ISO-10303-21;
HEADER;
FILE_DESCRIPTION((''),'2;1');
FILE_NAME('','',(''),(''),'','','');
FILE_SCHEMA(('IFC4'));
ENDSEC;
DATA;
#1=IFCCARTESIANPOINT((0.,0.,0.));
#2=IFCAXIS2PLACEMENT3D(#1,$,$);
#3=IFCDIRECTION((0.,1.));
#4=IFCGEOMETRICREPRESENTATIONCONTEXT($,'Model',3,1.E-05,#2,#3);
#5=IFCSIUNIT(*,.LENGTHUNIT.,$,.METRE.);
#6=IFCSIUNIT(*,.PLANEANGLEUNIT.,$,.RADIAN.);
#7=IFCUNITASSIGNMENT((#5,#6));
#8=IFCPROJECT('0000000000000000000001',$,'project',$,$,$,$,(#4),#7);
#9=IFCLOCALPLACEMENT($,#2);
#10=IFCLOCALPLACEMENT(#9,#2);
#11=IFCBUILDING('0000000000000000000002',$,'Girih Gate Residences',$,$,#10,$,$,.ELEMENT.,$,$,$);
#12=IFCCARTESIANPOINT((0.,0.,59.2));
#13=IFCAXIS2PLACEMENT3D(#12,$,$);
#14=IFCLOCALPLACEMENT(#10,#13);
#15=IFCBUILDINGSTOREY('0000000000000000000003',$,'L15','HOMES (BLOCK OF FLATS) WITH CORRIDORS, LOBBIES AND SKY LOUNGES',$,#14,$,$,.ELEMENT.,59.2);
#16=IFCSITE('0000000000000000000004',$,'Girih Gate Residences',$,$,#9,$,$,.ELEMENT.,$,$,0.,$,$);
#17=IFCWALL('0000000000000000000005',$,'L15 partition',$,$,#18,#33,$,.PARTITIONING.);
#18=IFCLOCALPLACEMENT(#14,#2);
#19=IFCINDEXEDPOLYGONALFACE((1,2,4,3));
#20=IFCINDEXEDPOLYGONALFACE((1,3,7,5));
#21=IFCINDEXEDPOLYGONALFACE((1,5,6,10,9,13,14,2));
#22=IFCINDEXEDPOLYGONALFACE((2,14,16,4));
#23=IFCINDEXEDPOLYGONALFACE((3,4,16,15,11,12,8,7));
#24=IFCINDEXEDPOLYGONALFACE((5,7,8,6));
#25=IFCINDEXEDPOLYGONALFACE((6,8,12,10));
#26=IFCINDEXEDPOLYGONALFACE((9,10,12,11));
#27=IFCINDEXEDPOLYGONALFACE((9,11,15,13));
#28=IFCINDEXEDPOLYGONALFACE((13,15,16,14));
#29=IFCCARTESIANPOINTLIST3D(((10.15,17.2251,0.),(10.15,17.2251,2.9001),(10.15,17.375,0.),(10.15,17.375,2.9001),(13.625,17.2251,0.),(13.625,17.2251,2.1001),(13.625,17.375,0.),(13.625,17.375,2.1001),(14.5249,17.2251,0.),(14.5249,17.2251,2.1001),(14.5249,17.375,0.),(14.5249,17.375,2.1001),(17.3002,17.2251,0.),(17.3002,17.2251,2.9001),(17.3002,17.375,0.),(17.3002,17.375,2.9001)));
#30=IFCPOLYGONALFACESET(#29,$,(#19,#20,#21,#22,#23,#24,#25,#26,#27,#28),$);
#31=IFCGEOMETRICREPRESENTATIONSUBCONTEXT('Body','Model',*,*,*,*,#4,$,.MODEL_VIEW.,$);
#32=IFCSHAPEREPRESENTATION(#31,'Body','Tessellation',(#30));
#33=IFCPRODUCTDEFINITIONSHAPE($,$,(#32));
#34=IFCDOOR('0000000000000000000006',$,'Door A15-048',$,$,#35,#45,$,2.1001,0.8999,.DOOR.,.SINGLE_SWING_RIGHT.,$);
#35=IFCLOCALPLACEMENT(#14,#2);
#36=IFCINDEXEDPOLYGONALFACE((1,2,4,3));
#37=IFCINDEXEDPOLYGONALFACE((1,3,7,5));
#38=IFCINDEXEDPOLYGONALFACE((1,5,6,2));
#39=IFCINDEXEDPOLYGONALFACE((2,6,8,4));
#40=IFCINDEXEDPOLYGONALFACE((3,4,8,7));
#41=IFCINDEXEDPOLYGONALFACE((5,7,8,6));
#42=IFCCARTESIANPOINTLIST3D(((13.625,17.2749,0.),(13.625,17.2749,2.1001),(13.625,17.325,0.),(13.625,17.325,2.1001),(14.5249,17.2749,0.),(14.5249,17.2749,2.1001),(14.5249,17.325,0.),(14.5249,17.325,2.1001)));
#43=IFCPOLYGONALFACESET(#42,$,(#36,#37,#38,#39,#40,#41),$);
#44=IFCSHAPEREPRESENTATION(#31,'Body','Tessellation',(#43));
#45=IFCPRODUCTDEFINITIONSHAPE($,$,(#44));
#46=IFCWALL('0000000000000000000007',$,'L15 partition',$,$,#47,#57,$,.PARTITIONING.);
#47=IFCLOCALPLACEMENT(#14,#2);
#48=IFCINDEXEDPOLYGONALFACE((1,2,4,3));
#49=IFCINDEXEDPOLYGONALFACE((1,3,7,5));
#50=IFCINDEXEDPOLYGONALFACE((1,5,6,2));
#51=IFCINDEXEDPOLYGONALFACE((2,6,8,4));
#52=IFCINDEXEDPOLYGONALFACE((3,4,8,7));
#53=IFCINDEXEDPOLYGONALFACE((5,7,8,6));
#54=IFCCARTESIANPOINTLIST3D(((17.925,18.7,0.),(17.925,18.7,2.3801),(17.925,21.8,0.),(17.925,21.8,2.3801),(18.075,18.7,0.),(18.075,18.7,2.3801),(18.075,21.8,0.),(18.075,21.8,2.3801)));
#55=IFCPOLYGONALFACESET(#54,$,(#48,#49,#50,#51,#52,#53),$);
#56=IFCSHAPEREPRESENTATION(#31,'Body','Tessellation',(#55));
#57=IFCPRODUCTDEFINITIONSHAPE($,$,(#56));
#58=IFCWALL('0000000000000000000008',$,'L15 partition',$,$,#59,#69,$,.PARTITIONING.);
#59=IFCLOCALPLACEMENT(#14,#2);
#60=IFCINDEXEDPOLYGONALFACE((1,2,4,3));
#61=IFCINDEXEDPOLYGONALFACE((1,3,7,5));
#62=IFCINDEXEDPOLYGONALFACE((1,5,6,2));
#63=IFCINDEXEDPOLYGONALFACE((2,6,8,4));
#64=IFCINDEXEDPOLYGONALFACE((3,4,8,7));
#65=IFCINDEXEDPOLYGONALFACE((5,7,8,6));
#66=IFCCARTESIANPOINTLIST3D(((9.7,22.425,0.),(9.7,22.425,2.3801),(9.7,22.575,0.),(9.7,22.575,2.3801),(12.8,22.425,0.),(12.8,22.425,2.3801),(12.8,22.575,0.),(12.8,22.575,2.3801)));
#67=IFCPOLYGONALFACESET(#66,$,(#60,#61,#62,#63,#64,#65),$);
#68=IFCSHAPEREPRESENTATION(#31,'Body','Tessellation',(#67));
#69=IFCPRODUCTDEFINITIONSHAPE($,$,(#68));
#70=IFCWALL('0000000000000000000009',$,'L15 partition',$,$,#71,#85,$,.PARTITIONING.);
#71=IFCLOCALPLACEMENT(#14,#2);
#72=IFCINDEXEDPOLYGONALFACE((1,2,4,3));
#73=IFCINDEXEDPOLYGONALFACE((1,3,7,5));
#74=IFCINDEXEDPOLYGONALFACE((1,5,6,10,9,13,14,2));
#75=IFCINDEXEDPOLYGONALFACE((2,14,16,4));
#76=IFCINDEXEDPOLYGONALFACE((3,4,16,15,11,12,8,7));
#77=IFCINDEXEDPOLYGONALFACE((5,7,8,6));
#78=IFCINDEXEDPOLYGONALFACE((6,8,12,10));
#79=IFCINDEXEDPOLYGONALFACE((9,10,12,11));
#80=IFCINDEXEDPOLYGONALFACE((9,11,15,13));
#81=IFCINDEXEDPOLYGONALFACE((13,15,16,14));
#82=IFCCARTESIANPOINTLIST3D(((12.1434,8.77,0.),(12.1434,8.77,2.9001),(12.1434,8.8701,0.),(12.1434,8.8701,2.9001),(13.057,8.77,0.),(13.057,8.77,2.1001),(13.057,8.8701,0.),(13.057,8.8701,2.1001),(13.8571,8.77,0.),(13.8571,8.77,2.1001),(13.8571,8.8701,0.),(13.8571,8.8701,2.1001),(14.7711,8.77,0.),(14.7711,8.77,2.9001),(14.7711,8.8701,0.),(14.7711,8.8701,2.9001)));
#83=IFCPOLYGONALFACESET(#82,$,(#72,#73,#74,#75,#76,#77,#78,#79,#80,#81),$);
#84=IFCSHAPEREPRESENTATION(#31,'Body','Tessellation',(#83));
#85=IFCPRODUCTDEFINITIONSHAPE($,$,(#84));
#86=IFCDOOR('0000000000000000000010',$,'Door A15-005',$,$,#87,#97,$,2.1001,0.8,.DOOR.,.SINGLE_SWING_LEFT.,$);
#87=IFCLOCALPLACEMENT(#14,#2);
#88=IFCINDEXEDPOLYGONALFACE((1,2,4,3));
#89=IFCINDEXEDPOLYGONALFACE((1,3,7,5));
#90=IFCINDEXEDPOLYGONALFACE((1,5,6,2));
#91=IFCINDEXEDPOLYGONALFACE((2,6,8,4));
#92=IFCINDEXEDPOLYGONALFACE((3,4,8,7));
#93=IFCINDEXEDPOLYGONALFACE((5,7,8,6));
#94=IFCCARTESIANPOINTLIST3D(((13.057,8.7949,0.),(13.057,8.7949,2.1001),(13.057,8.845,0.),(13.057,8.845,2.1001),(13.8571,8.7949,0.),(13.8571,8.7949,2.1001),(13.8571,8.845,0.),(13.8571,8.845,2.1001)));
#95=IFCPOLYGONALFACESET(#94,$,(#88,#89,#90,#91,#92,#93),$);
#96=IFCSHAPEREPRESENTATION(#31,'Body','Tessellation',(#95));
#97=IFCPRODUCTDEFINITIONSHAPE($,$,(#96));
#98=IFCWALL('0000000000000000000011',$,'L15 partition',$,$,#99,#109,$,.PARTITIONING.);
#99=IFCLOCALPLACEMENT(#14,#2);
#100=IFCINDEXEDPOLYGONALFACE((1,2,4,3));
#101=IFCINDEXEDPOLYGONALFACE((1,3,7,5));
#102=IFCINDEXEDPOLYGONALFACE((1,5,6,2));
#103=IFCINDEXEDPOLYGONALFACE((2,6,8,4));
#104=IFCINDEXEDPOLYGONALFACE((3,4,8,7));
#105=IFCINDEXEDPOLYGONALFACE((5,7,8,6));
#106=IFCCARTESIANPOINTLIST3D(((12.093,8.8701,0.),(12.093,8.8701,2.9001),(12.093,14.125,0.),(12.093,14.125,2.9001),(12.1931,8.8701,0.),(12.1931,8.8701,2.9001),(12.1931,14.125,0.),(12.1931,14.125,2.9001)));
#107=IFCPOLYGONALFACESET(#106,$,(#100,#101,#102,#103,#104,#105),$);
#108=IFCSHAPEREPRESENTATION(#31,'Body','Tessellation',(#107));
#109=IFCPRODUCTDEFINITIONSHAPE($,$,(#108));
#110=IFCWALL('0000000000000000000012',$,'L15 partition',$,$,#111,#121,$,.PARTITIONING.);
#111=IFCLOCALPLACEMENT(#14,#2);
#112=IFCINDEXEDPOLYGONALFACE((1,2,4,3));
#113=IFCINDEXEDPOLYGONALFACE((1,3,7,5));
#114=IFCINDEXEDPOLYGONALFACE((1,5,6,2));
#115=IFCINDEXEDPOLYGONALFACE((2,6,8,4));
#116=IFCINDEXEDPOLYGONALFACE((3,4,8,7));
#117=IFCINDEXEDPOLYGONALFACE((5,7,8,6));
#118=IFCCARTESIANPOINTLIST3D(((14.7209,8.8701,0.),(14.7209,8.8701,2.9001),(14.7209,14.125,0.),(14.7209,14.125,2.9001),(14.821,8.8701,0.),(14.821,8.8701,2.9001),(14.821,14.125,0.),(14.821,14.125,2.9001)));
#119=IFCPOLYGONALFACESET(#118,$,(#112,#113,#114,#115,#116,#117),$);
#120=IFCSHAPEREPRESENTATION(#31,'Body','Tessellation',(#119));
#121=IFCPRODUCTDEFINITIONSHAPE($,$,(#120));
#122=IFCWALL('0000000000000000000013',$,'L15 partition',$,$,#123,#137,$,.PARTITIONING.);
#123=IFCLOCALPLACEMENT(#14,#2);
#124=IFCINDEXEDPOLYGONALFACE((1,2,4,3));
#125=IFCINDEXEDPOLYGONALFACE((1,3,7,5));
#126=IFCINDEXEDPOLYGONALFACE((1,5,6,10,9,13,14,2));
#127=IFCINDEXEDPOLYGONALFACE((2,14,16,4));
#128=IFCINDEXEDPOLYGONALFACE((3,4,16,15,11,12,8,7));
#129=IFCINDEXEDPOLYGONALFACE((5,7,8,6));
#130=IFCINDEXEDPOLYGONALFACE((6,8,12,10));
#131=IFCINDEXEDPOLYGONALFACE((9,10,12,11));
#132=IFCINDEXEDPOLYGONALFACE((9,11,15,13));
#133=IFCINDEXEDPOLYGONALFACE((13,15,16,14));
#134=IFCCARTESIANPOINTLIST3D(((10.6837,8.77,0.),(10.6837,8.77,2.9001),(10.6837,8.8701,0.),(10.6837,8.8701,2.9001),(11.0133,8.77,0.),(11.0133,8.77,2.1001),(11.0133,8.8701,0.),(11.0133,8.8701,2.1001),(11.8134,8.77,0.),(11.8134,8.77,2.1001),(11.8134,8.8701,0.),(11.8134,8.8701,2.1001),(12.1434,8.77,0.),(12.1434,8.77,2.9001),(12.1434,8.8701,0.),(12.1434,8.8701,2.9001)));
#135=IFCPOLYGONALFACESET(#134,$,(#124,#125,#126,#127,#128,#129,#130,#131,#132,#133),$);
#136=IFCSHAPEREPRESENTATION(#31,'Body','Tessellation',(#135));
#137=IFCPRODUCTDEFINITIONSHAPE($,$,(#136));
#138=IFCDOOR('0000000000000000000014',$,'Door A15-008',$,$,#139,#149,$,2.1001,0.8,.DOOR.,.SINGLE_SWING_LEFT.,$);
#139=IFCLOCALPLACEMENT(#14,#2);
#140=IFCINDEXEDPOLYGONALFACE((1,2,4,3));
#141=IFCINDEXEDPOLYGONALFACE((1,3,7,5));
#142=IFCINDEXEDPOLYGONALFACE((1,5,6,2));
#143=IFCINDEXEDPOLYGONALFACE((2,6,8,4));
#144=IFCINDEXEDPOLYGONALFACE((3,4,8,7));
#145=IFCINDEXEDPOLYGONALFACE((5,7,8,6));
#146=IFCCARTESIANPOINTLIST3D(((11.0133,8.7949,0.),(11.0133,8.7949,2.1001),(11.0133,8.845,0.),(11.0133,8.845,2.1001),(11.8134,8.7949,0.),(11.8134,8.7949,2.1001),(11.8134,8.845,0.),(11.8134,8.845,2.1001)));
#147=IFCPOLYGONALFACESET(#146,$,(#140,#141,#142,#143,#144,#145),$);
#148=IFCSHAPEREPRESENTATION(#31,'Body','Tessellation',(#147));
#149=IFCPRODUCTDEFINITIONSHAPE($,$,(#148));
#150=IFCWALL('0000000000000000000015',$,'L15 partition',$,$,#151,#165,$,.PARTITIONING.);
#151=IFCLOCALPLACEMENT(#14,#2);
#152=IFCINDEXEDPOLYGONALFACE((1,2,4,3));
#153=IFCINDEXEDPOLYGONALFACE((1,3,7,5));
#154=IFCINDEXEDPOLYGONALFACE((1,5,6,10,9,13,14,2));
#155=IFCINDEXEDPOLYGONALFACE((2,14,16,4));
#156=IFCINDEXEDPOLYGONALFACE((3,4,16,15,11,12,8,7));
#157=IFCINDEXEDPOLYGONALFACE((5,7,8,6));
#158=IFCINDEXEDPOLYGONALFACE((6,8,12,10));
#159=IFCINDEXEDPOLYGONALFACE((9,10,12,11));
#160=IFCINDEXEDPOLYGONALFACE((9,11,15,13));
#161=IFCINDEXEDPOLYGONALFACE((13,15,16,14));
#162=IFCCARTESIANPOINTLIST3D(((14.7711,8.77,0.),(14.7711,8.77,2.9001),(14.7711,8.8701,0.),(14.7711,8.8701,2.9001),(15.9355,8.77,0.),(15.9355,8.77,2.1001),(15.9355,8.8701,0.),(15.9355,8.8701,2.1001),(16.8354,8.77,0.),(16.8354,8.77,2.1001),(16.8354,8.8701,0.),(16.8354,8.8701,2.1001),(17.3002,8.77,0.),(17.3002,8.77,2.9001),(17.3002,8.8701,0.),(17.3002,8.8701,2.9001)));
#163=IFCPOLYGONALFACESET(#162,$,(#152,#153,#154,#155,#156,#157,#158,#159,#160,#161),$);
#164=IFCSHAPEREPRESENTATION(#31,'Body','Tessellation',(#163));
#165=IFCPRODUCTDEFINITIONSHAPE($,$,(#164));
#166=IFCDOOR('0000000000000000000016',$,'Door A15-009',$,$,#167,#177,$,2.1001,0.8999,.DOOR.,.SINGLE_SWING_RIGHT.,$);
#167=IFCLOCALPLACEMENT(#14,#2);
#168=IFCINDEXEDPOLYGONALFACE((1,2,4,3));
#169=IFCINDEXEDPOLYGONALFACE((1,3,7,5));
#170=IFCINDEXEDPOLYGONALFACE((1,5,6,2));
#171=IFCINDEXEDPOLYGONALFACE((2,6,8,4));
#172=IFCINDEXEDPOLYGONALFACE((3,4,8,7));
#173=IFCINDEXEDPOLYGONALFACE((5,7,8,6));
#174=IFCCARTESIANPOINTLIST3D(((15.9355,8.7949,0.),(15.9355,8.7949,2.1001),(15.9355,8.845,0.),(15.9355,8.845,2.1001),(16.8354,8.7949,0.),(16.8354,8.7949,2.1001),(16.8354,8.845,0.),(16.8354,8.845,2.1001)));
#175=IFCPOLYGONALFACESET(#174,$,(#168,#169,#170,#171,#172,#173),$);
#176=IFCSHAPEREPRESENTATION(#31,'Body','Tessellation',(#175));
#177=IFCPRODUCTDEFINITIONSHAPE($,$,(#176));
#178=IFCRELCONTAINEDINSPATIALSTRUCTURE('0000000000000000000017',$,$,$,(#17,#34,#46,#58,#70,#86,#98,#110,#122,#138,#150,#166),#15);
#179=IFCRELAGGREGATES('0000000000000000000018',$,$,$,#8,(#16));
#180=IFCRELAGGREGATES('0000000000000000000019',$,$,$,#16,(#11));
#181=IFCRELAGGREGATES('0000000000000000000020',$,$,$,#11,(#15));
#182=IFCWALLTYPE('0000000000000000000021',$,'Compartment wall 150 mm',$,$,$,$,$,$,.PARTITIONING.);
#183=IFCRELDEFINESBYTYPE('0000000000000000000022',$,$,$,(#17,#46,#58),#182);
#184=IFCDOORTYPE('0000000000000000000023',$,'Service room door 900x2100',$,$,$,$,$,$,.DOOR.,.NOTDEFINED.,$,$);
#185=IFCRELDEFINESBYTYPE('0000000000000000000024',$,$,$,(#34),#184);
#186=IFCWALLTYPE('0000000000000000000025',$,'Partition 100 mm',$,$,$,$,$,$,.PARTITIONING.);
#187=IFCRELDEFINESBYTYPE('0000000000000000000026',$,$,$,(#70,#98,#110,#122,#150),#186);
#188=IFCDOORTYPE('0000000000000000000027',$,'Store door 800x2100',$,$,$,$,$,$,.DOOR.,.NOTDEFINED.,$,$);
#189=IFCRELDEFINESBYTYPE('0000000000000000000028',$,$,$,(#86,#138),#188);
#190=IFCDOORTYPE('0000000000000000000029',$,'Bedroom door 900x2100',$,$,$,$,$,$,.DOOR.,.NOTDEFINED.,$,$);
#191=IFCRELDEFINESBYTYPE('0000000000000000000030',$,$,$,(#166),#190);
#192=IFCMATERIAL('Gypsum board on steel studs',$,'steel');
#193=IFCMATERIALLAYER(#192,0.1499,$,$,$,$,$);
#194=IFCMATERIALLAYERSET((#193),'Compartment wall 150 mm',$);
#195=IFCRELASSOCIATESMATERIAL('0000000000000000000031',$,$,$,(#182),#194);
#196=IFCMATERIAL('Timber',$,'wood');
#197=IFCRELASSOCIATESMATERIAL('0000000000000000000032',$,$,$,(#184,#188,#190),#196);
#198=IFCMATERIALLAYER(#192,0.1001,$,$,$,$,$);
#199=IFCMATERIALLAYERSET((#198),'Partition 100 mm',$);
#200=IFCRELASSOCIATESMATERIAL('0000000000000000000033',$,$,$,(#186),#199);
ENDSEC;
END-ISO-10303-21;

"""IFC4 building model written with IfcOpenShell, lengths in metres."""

from ifc_helpers import new_model, si_unit, direction, frame, frame_2d, origin, place, context, subcontext, project, spatial, rectangle, extrude, material, layer, layer_set, type_object, element, fill, save


model = new_model("IFC4")

# Units and contexts
model_context = context("Model", 3, precision=1e-05, world=origin(), true_north=direction((0.0, 1.0)))
body_context = subcontext(model_context, "Body", "Model", "MODEL_VIEW")
ifc_project = project(units=[si_unit("LENGTHUNIT", "METRE"), si_unit("PLANEANGLEUNIT", "RADIAN")], contexts=[model_context])

# Site, building, storey
site_placement = place(None, origin())
site = spatial("IfcSite", under=ifc_project, at=site_placement, Name="Girih Gate Residences", CompositionType="ELEMENT", RefElevation=0.0)
building_placement = place(site_placement, origin())
building = spatial("IfcBuilding", under=site, at=building_placement, Name="Girih Gate Residences", CompositionType="ELEMENT")
storey_placement = place(building_placement, frame((0.0, 0.0, 59.2)))
storey = spatial("IfcBuildingStorey", under=building, at=storey_placement, Name="L15", Description="HOMES (BLOCK OF FLATS) WITH CORRIDORS, LOBBIES AND SKY LOUNGES", CompositionType="ELEMENT", Elevation=59.2)

# Shared definitions
ifc_material_1 = material(Name="Gypsum board on steel studs", Category="steel")

# Shared definitions
ifc_layer_1 = layer(ifc_material_1, 0.1499)
ifc_layer_set_1 = layer_set([ifc_layer_1], Name="Compartment wall 150 mm")
wall_type_1 = type_object("IfcWallType", Name="Compartment wall 150 mm", PredefinedType="PARTITIONING", material=ifc_layer_set_1)

# Wall, opening, door
wall_1_placement = place(storey_placement, frame((10.1499, 17.3, 0.0), z_axis=(0.0, 0.0, 1.0), x_axis=(1.0, 0.0, 0.0)))
wall_1 = element("IfcWall", 1, at=wall_1_placement, inside=storey, type_object=wall_type_1, Name="L15 partition", PredefinedType="PARTITIONING", context=body_context, shape_type="SweptSolid", body=[
    extrude(rectangle(XDim=7.1501, YDim=0.1499, at=frame_2d((3.5752, 0.0))), origin(), (0.0, 0.0, 1.0), 2.9001),
])
opening_1_placement = place(wall_1_placement, frame((3.4751, 0.0, 0.0)))
opening_1 = element("IfcOpeningElement", 2, at=opening_1_placement, cuts=wall_1, PredefinedType="OPENING", context=body_context, shape_type="SweptSolid", body=[
    extrude(rectangle(XDim=0.8999, YDim=2.1001, at=frame_2d((0.45, 1.05))), frame((0.0, 0.085, 0.0), z_axis=(0.0, -1.0, 0.0), x_axis=(1.0, 0.0, 0.0)), (0.0, 0.0, 1.0), 0.1699),
])
ifc_material_2 = material(Name="Timber", Category="wood")
door_type_1 = type_object("IfcDoorType", Name="Service room door 900x2100", OperationType="NOTDEFINED", PredefinedType="DOOR", material=ifc_material_2)
door_1_placement = place(opening_1_placement, origin())
door_1 = element("IfcDoor", 3, at=door_1_placement, inside=storey, type_object=door_type_1, Name="Door A15-048", OperationType="SINGLE_SWING_RIGHT", OverallHeight=2.1001, OverallWidth=0.8999, PredefinedType="DOOR", context=body_context, shape_type="SweptSolid", body=[
    extrude(rectangle(XDim=0.8999, YDim=2.1001, at=frame_2d((0.45, 1.05))), frame((0.0, 0.0249, 0.0), z_axis=(0.0, -1.0, 0.0), x_axis=(1.0, 0.0, 0.0)), (0.0, 0.0, 1.0), 0.05),
])
fill(opening_1, door_1)

# Walls
for number, where, z_axis, x_axis, name in (
    (4, (18.0, 18.7, 0.0), (0.0, 0.0, 1.0), (0.0, 1.0, 0.0), "L15 partition"),
    (5, (9.7, 22.5, 0.0), (0.0, 0.0, 1.0), (1.0, 0.0, 0.0), "L15 partition"),
):
    element("IfcWall", number, at=place(storey_placement, frame(where, z_axis=z_axis, x_axis=x_axis)), inside=storey, type_object=wall_type_1, Name=name, PredefinedType="PARTITIONING", context=body_context, shape_type="SweptSolid", body=[
        extrude(rectangle(XDim=3.1001, YDim=0.1499, at=frame_2d((1.55, 0.0))), origin(), (0.0, 0.0, 1.0), 2.3801),
    ])

# Wall, opening, door
ifc_layer_2 = layer(ifc_material_1, 0.1001)
ifc_layer_set_2 = layer_set([ifc_layer_2], Name="Partition 100 mm")
wall_type_2 = type_object("IfcWallType", Name="Partition 100 mm", PredefinedType="PARTITIONING", material=ifc_layer_set_2)
wall_2_placement = place(storey_placement, frame((12.1433, 8.8201, 0.0), z_axis=(0.0, 0.0, 1.0), x_axis=(1.0, 0.0, 0.0)))
wall_2 = element("IfcWall", 6, at=wall_2_placement, inside=storey, type_object=wall_type_2, Name="L15 partition", PredefinedType="PARTITIONING", context=body_context, shape_type="SweptSolid", body=[
    extrude(rectangle(XDim=2.6277, YDim=0.1001, at=frame_2d((1.314, 0.0))), origin(), (0.0, 0.0, 1.0), 2.9001),
])
opening_2_placement = place(wall_2_placement, frame((0.9138, 0.0, 0.0)))
opening_2 = element("IfcOpeningElement", 7, at=opening_2_placement, cuts=wall_2, PredefinedType="OPENING", context=body_context, shape_type="SweptSolid", body=[
    extrude(rectangle(XDim=0.8, YDim=2.1001, at=frame_2d((0.3999, 1.05))), frame((0.0, 0.0601, 0.0), z_axis=(0.0, -1.0, 0.0), x_axis=(1.0, 0.0, 0.0)), (0.0, 0.0, 1.0), 0.1201),
])
door_type_2 = type_object("IfcDoorType", Name="Store door 800x2100", OperationType="NOTDEFINED", PredefinedType="DOOR", material=ifc_material_2)
door_2_placement = place(opening_2_placement, origin())
door_2 = element("IfcDoor", 8, at=door_2_placement, inside=storey, type_object=door_type_2, Name="Door A15-005", OperationType="SINGLE_SWING_LEFT", OverallHeight=2.1001, OverallWidth=0.8, PredefinedType="DOOR", context=body_context, shape_type="SweptSolid", body=[
    extrude(rectangle(XDim=0.8, YDim=2.1001, at=frame_2d((0.3999, 1.05))), frame((0.0, 0.0249, 0.0), z_axis=(0.0, -1.0, 0.0), x_axis=(1.0, 0.0, 0.0)), (0.0, 0.0, 1.0), 0.05),
])
fill(opening_2, door_2)

# Walls
for number, where, z_axis, x_axis, name in (
    (9, (12.1431, 8.8701, 0.0), (0.0, 0.0, 1.0), (0.0, 1.0, 0.0), "L15 partition"),
    (10, (14.771, 8.8701, 0.0), (0.0, 0.0, 1.0), (0.0, 1.0, 0.0), "L15 partition"),
):
    element("IfcWall", number, at=place(storey_placement, frame(where, z_axis=z_axis, x_axis=x_axis)), inside=storey, type_object=wall_type_2, Name=name, PredefinedType="PARTITIONING", context=body_context, shape_type="SweptSolid", body=[
        extrude(rectangle(XDim=5.2549, YDim=0.1001, at=frame_2d((2.6274, 0.0))), origin(), (0.0, 0.0, 1.0), 2.9001),
    ])

# Walls, openings, doors
wall_3_placement = place(storey_placement, frame((10.6836, 8.8201, 0.0), z_axis=(0.0, 0.0, 1.0), x_axis=(1.0, 0.0, 0.0)))
wall_3 = element("IfcWall", 11, at=wall_3_placement, inside=storey, type_object=wall_type_2, Name="L15 partition", PredefinedType="PARTITIONING", context=body_context, shape_type="SweptSolid", body=[
    extrude(rectangle(XDim=1.4597, YDim=0.1001, at=frame_2d((0.73, 0.0))), origin(), (0.0, 0.0, 1.0), 2.9001),
])
opening_3_placement = place(wall_3_placement, frame((0.3298, 0.0, 0.0)))
opening_3 = element("IfcOpeningElement", 12, at=opening_3_placement, cuts=wall_3, PredefinedType="OPENING", context=body_context, shape_type="SweptSolid", body=[
    extrude(rectangle(XDim=0.8, YDim=2.1001, at=frame_2d((0.3999, 1.05))), frame((0.0, 0.0601, 0.0), z_axis=(0.0, -1.0, 0.0), x_axis=(1.0, 0.0, 0.0)), (0.0, 0.0, 1.0), 0.1201),
])
door_3_placement = place(opening_3_placement, origin())
door_3 = element("IfcDoor", 13, at=door_3_placement, inside=storey, type_object=door_type_2, Name="Door A15-008", OperationType="SINGLE_SWING_LEFT", OverallHeight=2.1001, OverallWidth=0.8, PredefinedType="DOOR", context=body_context, shape_type="SweptSolid", body=[
    extrude(rectangle(XDim=0.8, YDim=2.1001, at=frame_2d((0.3999, 1.05))), frame((0.0, 0.0249, 0.0), z_axis=(0.0, -1.0, 0.0), x_axis=(1.0, 0.0, 0.0)), (0.0, 0.0, 1.0), 0.05),
])
fill(opening_3, door_3)
wall_4_placement = place(storey_placement, frame((14.771, 8.8201, 0.0), z_axis=(0.0, 0.0, 1.0), x_axis=(1.0, 0.0, 0.0)))
wall_4 = element("IfcWall", 14, at=wall_4_placement, inside=storey, type_object=wall_type_2, Name="L15 partition", PredefinedType="PARTITIONING", context=body_context, shape_type="SweptSolid", body=[
    extrude(rectangle(XDim=2.5291, YDim=0.1001, at=frame_2d((1.2646, 0.0))), origin(), (0.0, 0.0, 1.0), 2.9001),
])
opening_4_placement = place(wall_4_placement, frame((1.1646, 0.0, 0.0)))
opening_4 = element("IfcOpeningElement", 15, at=opening_4_placement, cuts=wall_4, PredefinedType="OPENING", context=body_context, shape_type="SweptSolid", body=[
    extrude(rectangle(XDim=0.8999, YDim=2.1001, at=frame_2d((0.45, 1.05))), frame((0.0, 0.0601, 0.0), z_axis=(0.0, -1.0, 0.0), x_axis=(1.0, 0.0, 0.0)), (0.0, 0.0, 1.0), 0.1201),
])
door_type_3 = type_object("IfcDoorType", Name="Bedroom door 900x2100", OperationType="NOTDEFINED", PredefinedType="DOOR", material=ifc_material_2)
door_4_placement = place(opening_4_placement, origin())
door_4 = element("IfcDoor", 16, at=door_4_placement, inside=storey, type_object=door_type_3, Name="Door A15-009", OperationType="SINGLE_SWING_RIGHT", OverallHeight=2.1001, OverallWidth=0.8999, PredefinedType="DOOR", context=body_context, shape_type="SweptSolid", body=[
    extrude(rectangle(XDim=0.8999, YDim=2.1001, at=frame_2d((0.45, 1.05))), frame((0.0, 0.0249, 0.0), z_axis=(0.0, -1.0, 0.0), x_axis=(1.0, 0.0, 0.0)), (0.0, 0.0, 1.0), 0.05),
])
fill(opening_4, door_4)

save(model, "model.ifc")
